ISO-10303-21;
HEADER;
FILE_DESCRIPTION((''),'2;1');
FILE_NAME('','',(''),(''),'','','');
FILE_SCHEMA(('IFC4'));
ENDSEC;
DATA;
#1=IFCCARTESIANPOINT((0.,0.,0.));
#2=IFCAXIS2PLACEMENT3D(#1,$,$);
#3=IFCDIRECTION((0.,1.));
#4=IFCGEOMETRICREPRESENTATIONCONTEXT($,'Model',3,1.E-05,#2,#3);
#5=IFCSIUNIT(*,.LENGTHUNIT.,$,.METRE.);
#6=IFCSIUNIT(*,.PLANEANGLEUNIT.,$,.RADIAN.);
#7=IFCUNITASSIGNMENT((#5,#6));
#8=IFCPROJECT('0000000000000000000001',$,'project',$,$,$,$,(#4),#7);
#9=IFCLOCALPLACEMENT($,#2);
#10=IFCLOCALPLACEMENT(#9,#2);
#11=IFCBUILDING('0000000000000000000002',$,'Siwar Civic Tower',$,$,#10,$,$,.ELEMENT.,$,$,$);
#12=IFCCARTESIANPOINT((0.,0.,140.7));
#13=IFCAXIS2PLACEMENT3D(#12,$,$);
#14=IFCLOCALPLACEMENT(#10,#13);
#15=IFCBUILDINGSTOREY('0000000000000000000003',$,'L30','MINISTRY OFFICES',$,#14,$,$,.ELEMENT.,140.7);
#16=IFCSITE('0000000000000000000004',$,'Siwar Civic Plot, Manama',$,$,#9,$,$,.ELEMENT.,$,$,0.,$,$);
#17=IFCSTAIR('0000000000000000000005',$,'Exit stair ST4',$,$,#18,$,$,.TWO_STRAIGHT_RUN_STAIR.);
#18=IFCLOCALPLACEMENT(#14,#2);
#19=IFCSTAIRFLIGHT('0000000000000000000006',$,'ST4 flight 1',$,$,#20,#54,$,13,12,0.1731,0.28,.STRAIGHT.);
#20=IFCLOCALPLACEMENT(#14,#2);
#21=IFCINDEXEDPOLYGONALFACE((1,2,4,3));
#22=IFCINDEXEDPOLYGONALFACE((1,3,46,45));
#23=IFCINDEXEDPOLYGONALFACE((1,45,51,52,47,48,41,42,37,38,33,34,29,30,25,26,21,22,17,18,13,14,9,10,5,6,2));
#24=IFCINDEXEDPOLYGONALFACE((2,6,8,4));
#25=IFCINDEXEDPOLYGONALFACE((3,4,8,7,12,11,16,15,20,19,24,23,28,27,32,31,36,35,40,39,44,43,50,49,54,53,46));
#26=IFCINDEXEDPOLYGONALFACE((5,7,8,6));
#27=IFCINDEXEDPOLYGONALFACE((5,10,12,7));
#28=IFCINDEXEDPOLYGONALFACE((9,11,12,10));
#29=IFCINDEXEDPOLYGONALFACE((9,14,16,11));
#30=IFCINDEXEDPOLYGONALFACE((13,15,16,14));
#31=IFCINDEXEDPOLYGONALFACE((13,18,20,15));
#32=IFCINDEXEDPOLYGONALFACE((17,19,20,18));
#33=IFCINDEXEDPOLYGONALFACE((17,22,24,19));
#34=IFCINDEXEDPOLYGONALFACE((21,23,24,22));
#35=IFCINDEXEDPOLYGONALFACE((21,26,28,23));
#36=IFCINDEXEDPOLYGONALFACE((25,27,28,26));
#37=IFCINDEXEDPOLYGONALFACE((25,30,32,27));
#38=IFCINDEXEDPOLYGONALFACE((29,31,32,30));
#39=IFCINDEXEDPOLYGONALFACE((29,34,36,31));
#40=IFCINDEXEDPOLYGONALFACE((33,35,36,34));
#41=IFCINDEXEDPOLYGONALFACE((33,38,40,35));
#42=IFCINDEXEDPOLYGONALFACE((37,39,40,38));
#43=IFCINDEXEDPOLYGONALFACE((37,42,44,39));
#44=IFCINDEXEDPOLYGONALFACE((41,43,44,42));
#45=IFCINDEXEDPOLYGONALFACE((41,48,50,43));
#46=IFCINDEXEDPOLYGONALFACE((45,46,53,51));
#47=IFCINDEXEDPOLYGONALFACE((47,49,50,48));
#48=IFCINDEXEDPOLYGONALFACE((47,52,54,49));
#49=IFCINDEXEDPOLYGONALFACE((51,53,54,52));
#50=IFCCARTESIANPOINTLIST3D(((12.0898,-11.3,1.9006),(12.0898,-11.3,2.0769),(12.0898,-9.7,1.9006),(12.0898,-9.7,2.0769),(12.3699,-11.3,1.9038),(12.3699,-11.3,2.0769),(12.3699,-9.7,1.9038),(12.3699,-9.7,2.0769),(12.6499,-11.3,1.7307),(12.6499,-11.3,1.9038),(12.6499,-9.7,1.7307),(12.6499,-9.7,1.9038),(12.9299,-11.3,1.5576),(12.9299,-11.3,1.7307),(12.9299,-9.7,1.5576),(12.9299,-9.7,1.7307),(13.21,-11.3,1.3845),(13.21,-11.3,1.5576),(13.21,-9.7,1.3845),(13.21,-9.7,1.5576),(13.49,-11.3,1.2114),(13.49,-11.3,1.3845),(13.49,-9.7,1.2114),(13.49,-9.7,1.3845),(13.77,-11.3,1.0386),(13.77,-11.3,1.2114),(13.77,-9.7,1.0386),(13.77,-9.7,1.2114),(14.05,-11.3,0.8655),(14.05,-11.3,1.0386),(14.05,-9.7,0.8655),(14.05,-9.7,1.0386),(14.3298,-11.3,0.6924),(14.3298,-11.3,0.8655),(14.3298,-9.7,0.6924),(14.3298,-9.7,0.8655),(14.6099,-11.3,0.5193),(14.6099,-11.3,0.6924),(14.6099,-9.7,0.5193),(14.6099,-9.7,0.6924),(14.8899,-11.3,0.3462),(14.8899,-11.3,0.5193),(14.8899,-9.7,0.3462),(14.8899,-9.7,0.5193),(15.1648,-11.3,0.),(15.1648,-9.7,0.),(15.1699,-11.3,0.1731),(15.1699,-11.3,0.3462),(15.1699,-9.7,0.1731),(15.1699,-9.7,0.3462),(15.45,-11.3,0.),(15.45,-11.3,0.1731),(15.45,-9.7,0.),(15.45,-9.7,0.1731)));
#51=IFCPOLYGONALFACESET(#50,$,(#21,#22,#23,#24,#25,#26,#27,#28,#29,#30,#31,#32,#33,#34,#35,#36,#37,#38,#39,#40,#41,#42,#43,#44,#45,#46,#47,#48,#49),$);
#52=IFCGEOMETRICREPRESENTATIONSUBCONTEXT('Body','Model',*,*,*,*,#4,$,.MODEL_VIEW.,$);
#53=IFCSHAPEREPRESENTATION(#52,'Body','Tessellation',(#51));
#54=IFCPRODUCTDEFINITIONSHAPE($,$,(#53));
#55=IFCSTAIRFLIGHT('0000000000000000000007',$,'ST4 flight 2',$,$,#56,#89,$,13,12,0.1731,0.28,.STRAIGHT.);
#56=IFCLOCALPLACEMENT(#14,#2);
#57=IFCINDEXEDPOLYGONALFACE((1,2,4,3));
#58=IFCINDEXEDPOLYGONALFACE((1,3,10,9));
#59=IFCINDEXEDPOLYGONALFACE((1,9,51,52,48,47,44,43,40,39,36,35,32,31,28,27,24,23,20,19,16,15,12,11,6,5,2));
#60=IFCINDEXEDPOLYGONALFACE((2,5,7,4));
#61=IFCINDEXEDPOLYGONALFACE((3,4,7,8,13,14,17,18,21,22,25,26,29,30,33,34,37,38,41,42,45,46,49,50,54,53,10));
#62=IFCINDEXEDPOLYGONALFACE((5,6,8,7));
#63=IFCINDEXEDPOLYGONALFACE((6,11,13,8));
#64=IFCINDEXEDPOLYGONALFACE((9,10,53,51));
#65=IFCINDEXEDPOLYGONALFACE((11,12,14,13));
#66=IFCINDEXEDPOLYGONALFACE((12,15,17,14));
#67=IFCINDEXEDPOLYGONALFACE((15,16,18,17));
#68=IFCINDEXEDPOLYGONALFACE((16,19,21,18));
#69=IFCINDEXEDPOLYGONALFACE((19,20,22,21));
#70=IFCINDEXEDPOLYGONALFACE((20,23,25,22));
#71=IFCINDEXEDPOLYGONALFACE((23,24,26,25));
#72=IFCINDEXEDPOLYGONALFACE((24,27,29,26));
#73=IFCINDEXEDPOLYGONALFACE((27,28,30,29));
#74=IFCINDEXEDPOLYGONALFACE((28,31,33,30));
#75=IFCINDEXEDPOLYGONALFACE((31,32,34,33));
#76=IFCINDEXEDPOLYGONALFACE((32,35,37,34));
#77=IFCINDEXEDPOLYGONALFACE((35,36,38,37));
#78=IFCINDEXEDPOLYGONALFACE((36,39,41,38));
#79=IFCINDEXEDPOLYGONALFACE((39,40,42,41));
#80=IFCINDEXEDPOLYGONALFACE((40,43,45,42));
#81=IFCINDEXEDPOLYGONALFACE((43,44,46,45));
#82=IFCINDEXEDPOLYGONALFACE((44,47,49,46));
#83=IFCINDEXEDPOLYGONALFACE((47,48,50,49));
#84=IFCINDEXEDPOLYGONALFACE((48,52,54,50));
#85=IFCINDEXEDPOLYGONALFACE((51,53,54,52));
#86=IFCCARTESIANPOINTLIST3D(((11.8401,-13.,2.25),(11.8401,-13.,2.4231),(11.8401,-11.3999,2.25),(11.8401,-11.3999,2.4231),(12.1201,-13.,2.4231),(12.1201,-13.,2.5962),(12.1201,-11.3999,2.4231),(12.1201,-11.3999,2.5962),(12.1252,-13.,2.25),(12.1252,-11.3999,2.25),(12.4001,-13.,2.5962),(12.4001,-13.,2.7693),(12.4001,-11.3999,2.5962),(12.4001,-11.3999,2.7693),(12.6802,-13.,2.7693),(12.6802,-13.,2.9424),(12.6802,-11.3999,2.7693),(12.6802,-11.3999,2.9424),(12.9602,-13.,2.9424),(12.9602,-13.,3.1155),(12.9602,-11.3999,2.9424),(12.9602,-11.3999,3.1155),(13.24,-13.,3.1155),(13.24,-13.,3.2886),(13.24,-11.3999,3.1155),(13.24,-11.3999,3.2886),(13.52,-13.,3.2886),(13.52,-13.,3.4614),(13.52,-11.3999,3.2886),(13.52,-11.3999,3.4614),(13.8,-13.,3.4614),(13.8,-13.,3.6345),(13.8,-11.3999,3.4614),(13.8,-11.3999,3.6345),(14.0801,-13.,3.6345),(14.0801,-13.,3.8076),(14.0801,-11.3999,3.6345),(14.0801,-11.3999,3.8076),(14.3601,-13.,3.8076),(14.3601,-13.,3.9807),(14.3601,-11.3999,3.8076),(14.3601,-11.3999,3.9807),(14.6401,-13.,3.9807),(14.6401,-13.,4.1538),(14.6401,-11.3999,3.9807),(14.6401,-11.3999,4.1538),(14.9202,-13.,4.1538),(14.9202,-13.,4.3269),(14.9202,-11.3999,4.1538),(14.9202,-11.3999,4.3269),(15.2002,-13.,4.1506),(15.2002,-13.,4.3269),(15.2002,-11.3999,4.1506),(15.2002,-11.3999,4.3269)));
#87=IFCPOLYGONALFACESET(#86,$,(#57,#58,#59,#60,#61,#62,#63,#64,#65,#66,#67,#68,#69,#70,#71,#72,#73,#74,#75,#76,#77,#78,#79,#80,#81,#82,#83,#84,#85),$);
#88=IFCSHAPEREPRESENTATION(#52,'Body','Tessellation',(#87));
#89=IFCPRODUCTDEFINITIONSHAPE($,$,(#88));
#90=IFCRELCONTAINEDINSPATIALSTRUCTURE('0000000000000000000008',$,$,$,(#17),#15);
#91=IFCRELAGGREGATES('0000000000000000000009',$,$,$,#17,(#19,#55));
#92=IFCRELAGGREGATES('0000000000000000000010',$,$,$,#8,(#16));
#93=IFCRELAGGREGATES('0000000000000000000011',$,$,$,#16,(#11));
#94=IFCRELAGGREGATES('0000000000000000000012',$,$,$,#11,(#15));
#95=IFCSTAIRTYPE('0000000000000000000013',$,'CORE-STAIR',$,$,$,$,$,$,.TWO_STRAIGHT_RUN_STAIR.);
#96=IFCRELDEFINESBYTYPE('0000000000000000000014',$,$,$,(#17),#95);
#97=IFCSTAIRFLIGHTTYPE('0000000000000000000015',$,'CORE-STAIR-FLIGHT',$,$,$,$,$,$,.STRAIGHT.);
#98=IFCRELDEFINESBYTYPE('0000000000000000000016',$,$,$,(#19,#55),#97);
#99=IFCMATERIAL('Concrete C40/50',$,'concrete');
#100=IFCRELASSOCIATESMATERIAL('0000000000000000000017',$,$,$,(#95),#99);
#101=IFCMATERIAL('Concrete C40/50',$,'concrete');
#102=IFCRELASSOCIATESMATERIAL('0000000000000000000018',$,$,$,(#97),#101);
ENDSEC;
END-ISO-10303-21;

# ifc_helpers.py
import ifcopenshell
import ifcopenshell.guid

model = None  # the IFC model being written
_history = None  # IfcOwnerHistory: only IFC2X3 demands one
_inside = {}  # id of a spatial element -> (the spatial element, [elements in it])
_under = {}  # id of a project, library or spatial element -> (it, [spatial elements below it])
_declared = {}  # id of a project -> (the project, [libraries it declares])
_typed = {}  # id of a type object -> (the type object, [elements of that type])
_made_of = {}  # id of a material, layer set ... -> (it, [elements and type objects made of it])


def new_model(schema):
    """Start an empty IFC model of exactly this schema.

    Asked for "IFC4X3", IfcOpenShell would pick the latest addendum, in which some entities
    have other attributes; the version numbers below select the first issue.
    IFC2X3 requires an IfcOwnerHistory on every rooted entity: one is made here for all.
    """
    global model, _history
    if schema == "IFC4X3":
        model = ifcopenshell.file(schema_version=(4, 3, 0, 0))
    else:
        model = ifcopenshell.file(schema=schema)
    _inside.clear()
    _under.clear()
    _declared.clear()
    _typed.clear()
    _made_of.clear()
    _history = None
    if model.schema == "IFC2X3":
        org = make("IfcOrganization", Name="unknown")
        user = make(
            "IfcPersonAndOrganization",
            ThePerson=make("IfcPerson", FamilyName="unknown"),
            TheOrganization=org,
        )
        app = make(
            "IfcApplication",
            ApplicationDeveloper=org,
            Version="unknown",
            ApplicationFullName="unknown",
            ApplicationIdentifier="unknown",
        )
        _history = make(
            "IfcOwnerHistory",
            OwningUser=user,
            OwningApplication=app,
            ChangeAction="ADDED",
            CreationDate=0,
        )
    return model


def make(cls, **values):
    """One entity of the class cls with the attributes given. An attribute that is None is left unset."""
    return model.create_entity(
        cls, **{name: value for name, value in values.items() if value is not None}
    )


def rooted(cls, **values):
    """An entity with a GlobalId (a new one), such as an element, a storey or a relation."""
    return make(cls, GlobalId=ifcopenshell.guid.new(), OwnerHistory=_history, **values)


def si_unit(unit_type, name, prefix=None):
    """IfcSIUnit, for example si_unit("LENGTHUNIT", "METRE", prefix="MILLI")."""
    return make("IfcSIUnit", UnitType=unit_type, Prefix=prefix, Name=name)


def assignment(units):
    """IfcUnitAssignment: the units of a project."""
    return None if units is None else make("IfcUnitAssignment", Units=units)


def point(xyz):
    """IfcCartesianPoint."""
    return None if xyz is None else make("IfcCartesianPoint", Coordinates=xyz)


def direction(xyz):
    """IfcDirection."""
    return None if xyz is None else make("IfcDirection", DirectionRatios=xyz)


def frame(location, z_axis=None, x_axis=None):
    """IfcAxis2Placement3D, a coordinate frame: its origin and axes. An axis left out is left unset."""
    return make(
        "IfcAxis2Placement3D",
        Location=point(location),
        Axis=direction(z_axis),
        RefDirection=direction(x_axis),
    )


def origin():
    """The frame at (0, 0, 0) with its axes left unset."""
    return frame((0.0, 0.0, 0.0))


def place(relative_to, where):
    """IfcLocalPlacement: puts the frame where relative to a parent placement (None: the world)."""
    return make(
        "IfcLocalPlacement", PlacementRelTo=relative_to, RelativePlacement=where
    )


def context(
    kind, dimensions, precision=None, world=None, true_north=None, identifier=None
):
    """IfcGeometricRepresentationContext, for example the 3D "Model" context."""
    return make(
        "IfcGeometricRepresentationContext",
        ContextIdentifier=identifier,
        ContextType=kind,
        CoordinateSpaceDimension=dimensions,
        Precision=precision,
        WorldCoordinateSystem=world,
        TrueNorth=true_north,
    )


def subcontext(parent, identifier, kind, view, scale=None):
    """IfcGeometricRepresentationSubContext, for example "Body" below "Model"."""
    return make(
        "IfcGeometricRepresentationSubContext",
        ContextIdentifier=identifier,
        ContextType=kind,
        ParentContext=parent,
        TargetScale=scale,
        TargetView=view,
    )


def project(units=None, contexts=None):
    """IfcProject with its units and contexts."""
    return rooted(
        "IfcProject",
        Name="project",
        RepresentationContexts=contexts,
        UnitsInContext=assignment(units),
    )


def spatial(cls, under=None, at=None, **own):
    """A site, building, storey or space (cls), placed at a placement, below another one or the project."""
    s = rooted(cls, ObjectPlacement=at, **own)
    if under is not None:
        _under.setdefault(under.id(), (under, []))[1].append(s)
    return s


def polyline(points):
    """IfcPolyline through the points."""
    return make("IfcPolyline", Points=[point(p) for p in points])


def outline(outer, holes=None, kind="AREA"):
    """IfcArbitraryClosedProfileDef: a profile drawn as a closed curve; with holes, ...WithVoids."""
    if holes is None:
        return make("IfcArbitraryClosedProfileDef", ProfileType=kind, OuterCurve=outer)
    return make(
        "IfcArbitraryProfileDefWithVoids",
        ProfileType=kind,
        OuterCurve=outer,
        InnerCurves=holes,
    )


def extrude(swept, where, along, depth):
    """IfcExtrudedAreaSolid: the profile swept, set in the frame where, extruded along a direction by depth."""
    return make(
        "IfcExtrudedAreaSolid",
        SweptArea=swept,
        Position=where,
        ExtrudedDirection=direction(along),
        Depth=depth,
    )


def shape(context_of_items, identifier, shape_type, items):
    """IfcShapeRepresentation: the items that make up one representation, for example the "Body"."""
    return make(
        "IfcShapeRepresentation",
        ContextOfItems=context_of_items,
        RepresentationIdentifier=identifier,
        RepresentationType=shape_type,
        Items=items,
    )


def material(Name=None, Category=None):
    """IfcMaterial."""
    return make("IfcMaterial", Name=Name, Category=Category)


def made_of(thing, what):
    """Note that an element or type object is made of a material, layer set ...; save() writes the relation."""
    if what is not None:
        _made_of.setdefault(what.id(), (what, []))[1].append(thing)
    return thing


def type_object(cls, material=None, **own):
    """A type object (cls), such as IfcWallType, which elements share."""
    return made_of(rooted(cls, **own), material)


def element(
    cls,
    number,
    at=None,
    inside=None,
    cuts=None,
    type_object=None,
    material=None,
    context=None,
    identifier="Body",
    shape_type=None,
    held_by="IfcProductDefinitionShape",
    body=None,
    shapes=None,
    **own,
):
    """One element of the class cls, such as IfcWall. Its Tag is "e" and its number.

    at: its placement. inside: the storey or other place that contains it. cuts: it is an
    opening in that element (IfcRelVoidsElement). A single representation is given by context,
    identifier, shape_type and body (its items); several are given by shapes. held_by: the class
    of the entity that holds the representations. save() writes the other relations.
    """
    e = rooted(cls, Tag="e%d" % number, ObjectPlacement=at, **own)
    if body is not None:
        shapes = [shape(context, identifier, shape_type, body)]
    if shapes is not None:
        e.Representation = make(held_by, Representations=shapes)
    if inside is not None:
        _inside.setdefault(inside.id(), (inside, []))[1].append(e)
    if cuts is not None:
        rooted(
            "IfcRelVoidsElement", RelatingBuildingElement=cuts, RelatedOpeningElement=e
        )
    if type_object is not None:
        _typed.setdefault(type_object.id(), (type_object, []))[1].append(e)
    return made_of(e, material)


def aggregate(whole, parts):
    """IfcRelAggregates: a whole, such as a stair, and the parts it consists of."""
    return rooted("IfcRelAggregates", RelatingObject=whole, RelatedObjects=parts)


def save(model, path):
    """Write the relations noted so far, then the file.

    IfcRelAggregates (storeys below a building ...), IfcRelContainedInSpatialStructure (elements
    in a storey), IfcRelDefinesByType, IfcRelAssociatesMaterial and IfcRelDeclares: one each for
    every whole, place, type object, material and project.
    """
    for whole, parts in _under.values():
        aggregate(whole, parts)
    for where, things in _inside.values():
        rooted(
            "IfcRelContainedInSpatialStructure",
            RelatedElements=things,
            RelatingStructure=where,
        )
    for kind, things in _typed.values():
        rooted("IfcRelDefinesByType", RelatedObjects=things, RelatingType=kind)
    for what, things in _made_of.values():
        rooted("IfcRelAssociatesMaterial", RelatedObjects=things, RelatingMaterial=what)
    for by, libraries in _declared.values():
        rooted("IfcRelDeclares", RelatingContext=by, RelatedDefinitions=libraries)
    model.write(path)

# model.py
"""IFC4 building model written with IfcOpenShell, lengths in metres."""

from ifc_helpers import new_model, si_unit, direction, frame, origin, place, context, subcontext, project, spatial, polyline, outline, extrude, material, type_object, element, aggregate, save


model = new_model("IFC4")

# Units and contexts
model_context = context("Model", 3, precision=1e-05, world=origin(), true_north=direction((0.0, 1.0)))
body_context = subcontext(model_context, "Body", "Model", "MODEL_VIEW")
ifc_project = project(units=[si_unit("LENGTHUNIT", "METRE"), si_unit("PLANEANGLEUNIT", "RADIAN")], contexts=[model_context])

# Site, building, storey
site_placement = place(None, origin())
site = spatial("IfcSite", under=ifc_project, at=site_placement, Name="Siwar Civic Plot, Manama", CompositionType="ELEMENT", RefElevation=0.0)
building_placement = place(site_placement, origin())
building = spatial("IfcBuilding", under=site, at=building_placement, Name="Siwar Civic Tower", CompositionType="ELEMENT")
storey_placement = place(building_placement, frame((0.0, 0.0, 140.7)))
storey = spatial("IfcBuildingStorey", under=building, at=storey_placement, Name="L30", Description="MINISTRY OFFICES", CompositionType="ELEMENT", Elevation=140.7)

# Stair, stair flights
ifc_material_1 = material(Name="Concrete C40/50", Category="concrete")
stair_type = type_object("IfcStairType", Name="CORE-STAIR", PredefinedType="TWO_STRAIGHT_RUN_STAIR", material=ifc_material_1)
stair_placement = place(storey_placement, origin())
stair = element("IfcStair", 1, at=stair_placement, inside=storey, type_object=stair_type, Name="Exit stair ST4", PredefinedType="TWO_STRAIGHT_RUN_STAIR")
ifc_material_2 = material(Name="Concrete C40/50", Category="concrete")
stair_flight_type = type_object("IfcStairFlightType", Name="CORE-STAIR-FLIGHT", PredefinedType="STRAIGHT", material=ifc_material_2)
stair_flight_1_placement = place(storey_placement, frame((15.45, -10.5, 0.0), z_axis=(0.0, 0.0, 1.0), x_axis=(-1.0, 0.0, 0.0)))
stair_flight_1 = element("IfcStairFlight", 2, at=stair_flight_1_placement, type_object=stair_flight_type, Name="ST4 flight 1", NumberOfRisers=13, NumberOfTreads=12, PredefinedType="STRAIGHT", RiserHeight=0.1731, TreadLength=0.28, context=body_context, shape_type="SweptSolid", body=[
    extrude(outline(polyline([(0.0, 0.0), (0.0, 0.1731), (0.28, 0.1731), (0.28, 0.3462), (0.5601, 0.3462), (0.5601, 0.5193), (0.8401, 0.5193), (0.8401, 0.6924), (1.1201, 0.6924), (1.1201, 0.8655), (1.3999, 0.8655), (1.3999, 1.0386), (1.6799, 1.0386), (1.6799, 1.2114), (1.96, 1.2114), (1.96, 1.3845), (2.24, 1.3845), (2.24, 1.5576), (2.52, 1.5576), (2.52, 1.7307), (2.8, 1.7307), (2.8, 1.9038), (3.0801, 1.9038), (3.0801, 2.0769), (3.3601, 2.0769), (3.3601, 2.25), (3.3601, 1.9006), (0.2852, 0.0), (0.0, 0.0)])), frame((0.0, 0.8, 0.0), z_axis=(0.0, -1.0, 0.0), x_axis=(1.0, 0.0, 0.0)), (0.0, 0.0, 1.0), 1.6001),
])
stair_flight_2_placement = place(storey_placement, frame((11.8401, -12.2, 2.25), z_axis=(0.0, 0.0, 1.0), x_axis=(1.0, 0.0, 0.0)))
stair_flight_2 = element("IfcStairFlight", 3, at=stair_flight_2_placement, type_object=stair_flight_type, Name="ST4 flight 2", NumberOfRisers=13, NumberOfTreads=12, PredefinedType="STRAIGHT", RiserHeight=0.1731, TreadLength=0.28, context=body_context, shape_type="SweptSolid", body=[
    extrude(outline(polyline([(0.0, 0.0), (0.0, 0.1731), (0.28, 0.1731), (0.28, 0.3462), (0.5601, 0.3462), (0.5601, 0.5193), (0.8401, 0.5193), (0.8401, 0.6924), (1.1201, 0.6924), (1.1201, 0.8655), (1.3999, 0.8655), (1.3999, 1.0386), (1.6799, 1.0386), (1.6799, 1.2114), (1.96, 1.2114), (1.96, 1.3845), (2.24, 1.3845), (2.24, 1.5576), (2.52, 1.5576), (2.52, 1.7307), (2.8, 1.7307), (2.8, 1.9038), (3.0801, 1.9038), (3.0801, 2.0769), (3.3601, 2.0769), (3.3601, 2.25), (3.3601, 1.9006), (0.2852, 0.0), (0.0, 0.0)])), frame((0.0, 0.8, 0.0), z_axis=(0.0, -1.0, 0.0), x_axis=(1.0, 0.0, 0.0)), (0.0, 0.0, 1.0), 1.6001),
])
aggregate(stair, [stair_flight_1, stair_flight_2])

save(model, "model.ifc")
